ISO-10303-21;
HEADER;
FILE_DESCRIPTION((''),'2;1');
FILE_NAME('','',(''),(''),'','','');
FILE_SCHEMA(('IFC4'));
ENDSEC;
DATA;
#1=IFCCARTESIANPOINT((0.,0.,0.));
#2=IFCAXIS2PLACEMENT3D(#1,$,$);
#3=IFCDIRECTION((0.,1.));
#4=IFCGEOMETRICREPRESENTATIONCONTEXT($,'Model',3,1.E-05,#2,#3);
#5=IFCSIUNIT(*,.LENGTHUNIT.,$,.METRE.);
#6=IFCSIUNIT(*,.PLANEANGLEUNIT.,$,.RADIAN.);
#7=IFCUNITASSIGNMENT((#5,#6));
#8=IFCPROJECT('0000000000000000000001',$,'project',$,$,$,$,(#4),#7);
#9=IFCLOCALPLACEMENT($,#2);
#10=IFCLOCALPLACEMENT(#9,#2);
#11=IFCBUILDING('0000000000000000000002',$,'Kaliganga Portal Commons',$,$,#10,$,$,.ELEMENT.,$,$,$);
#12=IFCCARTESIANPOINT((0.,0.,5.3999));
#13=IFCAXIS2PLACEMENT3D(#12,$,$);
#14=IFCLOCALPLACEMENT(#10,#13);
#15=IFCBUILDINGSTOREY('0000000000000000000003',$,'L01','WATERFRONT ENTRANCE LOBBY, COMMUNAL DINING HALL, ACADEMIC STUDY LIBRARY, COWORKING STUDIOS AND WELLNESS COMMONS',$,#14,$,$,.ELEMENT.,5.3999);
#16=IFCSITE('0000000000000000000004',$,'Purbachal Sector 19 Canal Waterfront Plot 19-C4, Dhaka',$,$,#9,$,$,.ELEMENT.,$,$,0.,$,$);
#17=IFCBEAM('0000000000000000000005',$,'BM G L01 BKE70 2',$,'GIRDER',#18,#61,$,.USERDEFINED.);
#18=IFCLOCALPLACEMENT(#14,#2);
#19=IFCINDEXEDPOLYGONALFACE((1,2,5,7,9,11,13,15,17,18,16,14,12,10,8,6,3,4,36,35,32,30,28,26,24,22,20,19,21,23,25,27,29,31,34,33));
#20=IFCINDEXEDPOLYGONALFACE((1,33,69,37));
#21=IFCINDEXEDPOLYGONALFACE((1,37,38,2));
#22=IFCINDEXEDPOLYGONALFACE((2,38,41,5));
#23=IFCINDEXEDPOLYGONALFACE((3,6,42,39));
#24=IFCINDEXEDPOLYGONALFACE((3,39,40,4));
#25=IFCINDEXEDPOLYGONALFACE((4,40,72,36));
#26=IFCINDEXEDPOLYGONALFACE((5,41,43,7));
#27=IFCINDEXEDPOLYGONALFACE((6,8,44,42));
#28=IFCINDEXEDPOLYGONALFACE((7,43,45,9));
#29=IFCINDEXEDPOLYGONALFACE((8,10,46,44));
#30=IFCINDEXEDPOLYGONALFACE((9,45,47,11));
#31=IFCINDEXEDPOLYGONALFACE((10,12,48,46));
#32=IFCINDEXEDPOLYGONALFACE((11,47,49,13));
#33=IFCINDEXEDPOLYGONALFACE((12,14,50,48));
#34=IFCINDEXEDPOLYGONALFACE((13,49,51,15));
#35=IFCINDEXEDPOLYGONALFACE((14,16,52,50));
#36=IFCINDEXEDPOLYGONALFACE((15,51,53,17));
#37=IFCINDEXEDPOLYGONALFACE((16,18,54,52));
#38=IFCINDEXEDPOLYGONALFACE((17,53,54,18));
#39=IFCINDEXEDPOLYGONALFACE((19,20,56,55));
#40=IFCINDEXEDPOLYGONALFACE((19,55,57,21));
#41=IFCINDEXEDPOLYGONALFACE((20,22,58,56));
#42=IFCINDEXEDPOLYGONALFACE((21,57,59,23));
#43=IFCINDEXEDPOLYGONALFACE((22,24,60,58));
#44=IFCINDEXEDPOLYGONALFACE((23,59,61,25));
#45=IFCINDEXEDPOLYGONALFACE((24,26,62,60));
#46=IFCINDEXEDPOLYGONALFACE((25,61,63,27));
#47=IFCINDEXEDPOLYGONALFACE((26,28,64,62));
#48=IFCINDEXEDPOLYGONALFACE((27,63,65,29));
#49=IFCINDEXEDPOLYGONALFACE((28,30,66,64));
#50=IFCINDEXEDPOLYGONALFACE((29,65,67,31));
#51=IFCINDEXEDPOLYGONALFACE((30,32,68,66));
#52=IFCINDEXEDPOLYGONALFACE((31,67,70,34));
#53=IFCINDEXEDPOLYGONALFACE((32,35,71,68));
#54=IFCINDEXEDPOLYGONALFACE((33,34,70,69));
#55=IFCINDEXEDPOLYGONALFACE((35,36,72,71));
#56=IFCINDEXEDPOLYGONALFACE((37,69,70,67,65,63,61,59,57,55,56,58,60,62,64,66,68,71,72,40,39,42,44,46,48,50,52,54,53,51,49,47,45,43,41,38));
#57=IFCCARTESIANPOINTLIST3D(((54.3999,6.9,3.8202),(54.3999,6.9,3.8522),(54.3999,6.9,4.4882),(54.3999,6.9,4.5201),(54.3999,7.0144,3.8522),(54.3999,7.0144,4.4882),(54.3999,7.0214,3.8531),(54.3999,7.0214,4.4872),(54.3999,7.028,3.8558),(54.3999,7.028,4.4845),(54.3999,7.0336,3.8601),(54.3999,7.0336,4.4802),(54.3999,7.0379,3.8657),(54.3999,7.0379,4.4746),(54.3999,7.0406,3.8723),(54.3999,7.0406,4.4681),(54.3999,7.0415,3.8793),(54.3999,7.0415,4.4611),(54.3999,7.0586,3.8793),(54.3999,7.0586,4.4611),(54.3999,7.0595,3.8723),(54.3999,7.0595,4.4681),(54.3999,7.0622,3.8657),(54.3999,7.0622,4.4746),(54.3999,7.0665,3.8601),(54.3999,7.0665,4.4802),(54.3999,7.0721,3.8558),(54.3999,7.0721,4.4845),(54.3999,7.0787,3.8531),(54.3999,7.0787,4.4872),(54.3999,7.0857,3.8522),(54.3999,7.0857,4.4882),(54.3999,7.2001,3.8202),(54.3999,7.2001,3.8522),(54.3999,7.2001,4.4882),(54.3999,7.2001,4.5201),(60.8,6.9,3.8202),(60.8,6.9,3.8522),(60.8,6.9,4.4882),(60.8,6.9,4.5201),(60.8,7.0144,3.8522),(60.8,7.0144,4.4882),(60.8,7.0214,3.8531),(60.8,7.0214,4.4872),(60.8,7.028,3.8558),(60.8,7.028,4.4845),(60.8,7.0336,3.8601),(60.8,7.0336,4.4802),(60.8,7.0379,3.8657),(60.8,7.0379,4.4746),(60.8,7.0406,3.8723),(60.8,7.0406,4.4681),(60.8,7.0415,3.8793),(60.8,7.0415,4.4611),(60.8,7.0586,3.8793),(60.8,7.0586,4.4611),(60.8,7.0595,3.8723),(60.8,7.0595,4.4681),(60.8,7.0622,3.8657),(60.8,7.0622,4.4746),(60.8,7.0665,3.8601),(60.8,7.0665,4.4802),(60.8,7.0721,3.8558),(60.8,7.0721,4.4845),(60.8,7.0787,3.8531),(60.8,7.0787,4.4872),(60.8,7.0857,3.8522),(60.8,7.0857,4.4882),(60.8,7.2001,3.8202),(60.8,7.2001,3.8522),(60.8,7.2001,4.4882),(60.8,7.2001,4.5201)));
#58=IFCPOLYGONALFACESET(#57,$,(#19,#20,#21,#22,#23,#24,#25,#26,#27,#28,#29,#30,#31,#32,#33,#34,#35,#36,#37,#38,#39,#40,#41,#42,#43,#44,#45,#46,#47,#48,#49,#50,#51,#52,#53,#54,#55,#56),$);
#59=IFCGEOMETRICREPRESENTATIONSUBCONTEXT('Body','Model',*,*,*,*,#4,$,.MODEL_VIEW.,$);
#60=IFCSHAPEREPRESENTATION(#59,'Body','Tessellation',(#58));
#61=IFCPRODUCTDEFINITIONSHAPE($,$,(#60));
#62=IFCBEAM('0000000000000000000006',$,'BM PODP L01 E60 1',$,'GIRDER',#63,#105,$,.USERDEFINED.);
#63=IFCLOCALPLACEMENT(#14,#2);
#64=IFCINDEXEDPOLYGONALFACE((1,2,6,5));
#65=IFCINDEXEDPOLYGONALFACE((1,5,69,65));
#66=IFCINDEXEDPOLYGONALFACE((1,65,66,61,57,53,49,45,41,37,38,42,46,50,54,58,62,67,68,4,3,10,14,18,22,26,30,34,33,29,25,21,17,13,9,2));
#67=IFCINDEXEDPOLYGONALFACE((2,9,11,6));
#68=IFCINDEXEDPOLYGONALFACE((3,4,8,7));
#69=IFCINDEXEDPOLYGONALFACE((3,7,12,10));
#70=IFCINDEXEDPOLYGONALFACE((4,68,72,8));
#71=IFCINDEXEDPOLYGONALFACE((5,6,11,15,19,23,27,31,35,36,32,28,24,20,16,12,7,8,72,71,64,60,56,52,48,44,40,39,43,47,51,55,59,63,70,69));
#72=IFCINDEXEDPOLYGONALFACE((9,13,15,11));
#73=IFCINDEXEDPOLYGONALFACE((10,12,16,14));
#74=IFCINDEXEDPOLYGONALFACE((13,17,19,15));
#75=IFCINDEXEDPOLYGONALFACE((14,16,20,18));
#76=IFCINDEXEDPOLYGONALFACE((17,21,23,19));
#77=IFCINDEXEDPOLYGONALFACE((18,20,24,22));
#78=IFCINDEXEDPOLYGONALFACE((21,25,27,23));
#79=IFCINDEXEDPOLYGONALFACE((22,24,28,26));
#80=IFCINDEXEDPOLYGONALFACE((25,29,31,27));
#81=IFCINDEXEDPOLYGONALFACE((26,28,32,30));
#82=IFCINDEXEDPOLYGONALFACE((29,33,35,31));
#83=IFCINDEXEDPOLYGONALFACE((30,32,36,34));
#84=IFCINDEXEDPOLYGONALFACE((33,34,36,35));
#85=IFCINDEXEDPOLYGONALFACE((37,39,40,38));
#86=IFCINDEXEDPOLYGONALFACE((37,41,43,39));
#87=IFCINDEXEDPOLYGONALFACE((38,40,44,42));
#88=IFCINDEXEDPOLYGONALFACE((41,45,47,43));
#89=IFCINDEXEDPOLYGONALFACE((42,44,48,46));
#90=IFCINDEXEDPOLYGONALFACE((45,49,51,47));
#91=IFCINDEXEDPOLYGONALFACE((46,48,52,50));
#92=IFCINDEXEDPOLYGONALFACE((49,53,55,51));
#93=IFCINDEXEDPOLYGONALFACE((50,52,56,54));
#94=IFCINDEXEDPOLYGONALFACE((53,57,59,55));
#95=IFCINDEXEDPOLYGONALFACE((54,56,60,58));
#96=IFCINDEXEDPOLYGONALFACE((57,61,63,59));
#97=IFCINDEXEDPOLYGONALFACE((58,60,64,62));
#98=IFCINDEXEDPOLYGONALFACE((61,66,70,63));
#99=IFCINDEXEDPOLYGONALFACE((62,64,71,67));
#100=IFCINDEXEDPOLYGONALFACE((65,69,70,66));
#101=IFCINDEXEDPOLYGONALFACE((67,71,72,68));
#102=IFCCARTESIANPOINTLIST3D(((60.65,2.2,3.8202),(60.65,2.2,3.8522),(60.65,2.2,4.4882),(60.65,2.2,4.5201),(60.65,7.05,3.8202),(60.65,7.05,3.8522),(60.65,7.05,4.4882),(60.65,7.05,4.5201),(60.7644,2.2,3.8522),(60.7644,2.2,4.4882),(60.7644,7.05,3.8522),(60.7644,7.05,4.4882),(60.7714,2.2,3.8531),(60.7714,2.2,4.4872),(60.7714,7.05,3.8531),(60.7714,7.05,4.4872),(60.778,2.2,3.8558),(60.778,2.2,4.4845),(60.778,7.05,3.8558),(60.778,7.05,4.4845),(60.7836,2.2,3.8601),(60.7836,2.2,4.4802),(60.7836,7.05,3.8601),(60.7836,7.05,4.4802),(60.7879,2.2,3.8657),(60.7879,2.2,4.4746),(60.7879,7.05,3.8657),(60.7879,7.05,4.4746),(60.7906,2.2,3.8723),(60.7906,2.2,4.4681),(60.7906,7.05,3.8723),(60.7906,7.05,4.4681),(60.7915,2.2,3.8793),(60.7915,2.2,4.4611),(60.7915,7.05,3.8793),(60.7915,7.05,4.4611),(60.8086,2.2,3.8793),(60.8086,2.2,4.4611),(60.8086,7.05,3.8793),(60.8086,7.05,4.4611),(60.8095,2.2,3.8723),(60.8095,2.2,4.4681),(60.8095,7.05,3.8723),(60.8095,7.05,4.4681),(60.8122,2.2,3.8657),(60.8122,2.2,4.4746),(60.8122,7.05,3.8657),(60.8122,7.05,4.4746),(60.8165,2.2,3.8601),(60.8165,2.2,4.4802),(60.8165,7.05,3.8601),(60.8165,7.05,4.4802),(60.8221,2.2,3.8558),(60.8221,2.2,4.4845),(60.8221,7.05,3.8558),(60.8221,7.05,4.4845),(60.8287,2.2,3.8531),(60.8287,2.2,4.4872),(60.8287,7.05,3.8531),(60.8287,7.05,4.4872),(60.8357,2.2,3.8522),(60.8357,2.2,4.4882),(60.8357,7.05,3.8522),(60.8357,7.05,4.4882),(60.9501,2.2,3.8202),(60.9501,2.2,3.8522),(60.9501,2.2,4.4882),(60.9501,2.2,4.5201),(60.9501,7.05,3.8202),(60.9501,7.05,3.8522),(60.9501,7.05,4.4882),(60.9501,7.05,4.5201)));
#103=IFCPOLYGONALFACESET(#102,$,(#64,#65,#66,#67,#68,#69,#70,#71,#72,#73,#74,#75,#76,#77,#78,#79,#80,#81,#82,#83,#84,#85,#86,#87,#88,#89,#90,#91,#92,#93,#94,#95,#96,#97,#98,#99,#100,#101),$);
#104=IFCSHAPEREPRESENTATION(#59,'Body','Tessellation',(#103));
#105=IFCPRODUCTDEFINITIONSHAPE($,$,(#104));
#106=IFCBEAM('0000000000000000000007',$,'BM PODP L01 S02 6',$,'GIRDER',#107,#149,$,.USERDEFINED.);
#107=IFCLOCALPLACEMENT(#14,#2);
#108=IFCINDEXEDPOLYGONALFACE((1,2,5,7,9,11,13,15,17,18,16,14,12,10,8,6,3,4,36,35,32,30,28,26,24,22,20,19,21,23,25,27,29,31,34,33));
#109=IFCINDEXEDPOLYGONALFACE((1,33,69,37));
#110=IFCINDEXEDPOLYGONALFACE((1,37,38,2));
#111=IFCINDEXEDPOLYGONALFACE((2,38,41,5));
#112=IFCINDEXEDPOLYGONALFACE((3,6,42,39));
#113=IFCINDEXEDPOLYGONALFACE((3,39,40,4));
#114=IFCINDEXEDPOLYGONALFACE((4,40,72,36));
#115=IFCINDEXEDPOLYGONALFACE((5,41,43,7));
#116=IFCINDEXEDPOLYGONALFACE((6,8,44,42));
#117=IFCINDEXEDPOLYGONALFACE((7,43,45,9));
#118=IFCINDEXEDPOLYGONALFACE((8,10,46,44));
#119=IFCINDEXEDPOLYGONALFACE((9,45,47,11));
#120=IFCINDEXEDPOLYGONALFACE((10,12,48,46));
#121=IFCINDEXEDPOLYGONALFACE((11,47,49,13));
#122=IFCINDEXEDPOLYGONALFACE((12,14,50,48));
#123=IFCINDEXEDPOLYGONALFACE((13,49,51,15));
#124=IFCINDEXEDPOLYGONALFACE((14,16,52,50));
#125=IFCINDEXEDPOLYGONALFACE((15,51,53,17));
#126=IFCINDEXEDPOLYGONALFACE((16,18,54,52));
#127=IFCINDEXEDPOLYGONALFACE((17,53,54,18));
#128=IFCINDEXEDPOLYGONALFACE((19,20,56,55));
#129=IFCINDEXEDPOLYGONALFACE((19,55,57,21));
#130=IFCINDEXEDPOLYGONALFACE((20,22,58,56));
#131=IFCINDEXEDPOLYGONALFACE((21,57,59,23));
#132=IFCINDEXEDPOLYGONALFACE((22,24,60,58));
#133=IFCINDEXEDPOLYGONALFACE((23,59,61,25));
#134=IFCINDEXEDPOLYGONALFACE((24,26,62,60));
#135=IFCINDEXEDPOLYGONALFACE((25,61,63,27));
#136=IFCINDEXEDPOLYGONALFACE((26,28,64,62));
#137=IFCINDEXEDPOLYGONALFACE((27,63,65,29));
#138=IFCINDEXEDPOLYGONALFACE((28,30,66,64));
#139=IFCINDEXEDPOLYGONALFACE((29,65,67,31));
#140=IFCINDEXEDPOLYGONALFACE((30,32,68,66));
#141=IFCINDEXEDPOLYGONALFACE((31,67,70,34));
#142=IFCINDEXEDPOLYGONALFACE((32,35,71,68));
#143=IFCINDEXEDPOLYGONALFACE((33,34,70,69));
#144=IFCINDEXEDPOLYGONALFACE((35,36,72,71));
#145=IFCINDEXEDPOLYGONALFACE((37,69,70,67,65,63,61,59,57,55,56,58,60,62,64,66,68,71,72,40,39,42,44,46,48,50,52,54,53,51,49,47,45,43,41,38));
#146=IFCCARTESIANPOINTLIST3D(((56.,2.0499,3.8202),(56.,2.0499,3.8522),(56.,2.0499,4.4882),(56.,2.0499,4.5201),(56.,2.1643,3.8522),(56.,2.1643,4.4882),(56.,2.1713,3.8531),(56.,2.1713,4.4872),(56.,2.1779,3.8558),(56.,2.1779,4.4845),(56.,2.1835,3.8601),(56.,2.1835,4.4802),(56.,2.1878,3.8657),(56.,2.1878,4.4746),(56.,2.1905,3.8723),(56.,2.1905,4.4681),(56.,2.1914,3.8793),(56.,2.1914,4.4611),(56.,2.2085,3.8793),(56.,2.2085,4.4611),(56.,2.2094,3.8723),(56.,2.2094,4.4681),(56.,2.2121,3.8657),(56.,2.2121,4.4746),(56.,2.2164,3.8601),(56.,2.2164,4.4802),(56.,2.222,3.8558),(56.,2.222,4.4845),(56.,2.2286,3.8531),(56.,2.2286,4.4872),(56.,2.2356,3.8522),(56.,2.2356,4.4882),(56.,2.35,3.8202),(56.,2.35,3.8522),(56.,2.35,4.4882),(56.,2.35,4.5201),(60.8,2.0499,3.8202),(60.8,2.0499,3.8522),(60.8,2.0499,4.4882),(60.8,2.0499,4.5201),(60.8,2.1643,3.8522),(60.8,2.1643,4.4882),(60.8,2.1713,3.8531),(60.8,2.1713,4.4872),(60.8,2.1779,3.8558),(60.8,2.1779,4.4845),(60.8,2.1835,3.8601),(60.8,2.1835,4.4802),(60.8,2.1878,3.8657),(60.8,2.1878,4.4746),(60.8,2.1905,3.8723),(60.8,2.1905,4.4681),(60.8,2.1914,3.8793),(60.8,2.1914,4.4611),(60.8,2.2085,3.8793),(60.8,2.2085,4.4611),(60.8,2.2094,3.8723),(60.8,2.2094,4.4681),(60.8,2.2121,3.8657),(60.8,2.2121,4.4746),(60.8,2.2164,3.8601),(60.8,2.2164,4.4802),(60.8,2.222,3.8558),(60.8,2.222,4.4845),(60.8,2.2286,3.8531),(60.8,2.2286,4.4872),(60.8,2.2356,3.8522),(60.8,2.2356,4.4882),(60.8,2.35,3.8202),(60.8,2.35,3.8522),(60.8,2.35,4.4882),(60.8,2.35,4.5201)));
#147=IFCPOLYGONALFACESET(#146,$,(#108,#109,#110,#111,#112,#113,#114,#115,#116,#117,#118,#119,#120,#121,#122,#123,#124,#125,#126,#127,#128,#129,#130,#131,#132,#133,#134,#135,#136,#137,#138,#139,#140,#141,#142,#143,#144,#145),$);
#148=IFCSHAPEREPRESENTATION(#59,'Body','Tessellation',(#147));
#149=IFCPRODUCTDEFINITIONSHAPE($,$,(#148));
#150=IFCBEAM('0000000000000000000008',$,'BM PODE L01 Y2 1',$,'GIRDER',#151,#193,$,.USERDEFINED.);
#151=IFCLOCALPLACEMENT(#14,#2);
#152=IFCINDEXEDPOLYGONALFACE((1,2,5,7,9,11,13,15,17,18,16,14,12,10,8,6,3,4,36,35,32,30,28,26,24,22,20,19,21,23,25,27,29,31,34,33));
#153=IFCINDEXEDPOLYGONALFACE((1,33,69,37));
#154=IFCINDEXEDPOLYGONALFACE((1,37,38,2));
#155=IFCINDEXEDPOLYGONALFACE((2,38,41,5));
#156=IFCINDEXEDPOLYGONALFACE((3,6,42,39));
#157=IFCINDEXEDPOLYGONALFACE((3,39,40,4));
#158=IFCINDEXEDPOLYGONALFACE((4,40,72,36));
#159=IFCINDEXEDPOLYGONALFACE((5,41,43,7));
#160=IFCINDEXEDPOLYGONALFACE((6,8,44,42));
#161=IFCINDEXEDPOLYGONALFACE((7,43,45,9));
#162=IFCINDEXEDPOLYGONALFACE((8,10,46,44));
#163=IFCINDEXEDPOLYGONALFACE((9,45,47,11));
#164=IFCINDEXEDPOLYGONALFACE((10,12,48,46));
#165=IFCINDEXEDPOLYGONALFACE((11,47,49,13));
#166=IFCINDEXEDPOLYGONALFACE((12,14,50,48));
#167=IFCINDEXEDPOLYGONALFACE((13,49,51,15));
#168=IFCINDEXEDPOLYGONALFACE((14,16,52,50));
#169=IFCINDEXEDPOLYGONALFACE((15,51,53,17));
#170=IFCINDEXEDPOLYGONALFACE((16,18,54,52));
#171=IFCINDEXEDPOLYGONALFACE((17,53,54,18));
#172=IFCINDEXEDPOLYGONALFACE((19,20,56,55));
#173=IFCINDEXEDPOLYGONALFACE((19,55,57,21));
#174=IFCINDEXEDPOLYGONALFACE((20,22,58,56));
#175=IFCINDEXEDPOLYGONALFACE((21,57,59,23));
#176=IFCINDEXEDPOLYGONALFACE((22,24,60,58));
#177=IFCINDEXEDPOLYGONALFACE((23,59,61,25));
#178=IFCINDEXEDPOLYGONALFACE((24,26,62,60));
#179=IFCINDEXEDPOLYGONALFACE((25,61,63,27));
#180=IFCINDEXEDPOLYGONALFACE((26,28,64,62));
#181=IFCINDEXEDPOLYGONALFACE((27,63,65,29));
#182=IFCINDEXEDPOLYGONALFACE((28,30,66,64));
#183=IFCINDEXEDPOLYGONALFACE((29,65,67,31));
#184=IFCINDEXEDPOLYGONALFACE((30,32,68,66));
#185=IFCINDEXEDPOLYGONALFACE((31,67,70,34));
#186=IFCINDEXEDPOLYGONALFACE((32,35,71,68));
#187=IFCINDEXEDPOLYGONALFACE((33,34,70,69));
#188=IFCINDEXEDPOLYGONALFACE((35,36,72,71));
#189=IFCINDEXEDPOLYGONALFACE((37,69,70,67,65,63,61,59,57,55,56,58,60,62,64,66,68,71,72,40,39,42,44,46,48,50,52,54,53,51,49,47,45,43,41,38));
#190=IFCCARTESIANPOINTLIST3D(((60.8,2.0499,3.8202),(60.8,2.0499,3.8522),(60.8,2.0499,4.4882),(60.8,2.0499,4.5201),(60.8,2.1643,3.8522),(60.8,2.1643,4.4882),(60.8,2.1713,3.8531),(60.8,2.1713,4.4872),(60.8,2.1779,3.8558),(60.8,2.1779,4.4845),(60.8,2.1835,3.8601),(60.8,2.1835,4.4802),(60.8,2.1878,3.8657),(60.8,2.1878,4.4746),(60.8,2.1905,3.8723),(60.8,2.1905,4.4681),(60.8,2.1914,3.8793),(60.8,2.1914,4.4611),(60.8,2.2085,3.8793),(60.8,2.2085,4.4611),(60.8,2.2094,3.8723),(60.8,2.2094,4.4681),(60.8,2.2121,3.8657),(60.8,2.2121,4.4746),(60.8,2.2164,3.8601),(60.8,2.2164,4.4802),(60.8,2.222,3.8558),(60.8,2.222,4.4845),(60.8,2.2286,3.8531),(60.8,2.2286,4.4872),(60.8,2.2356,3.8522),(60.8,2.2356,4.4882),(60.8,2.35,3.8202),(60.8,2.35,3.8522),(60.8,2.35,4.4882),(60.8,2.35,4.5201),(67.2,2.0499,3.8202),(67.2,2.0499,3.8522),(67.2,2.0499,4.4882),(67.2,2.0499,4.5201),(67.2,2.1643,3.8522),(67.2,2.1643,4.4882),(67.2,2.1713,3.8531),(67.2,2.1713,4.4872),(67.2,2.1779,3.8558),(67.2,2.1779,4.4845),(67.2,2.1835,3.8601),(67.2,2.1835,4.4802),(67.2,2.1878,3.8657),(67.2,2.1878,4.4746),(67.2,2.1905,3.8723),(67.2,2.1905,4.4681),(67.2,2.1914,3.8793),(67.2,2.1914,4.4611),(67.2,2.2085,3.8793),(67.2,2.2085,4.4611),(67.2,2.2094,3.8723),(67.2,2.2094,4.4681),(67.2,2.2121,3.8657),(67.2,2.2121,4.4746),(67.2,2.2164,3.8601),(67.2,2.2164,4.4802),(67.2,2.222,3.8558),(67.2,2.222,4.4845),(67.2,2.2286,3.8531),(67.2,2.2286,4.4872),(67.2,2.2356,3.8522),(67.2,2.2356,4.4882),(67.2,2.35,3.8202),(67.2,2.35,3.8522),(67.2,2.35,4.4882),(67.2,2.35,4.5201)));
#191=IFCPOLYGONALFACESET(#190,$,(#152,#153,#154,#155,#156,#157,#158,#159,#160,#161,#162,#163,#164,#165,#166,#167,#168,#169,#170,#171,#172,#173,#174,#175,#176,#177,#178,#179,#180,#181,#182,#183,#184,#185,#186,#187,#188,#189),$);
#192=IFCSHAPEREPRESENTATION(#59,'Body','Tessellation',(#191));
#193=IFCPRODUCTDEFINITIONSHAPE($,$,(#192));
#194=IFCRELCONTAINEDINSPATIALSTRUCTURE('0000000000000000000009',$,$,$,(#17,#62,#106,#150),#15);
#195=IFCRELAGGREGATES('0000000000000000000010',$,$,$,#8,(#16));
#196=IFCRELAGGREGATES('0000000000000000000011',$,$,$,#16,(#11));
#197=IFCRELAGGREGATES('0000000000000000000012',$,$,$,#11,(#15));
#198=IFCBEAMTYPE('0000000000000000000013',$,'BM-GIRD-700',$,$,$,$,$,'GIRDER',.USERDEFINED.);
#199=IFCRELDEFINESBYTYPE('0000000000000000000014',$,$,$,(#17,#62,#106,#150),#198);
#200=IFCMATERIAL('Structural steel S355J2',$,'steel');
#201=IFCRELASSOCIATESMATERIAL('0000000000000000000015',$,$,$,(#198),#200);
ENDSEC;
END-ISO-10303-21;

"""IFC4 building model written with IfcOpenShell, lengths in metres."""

from ifc_helpers import new_model, si_unit, direction, frame, origin, origin_2d, place, context, subcontext, project, spatial, i_section, extrude, source, transform, mapped, material, material_profile, profile_set, type_object, element, save


model = new_model("IFC4")

# Units and contexts
model_context = context("Model", 3, precision=1e-05, world=origin(), true_north=direction((0.0, 1.0)))
body_context = subcontext(model_context, "Body", "Model", "MODEL_VIEW")
ifc_project = project(units=[si_unit("LENGTHUNIT", "METRE"), si_unit("PLANEANGLEUNIT", "RADIAN")], contexts=[model_context])

# Site, building, storey
site_placement = place(None, origin())
site = spatial("IfcSite", under=ifc_project, at=site_placement, Name="Purbachal Sector 19 Canal Waterfront Plot 19-C4, Dhaka", CompositionType="ELEMENT", RefElevation=0.0)
building_placement = place(site_placement, origin())
building = spatial("IfcBuilding", under=site, at=building_placement, Name="Kaliganga Portal Commons", CompositionType="ELEMENT")
storey_placement = place(building_placement, frame((0.0, 0.0, 5.3999)))
storey = spatial("IfcBuildingStorey", under=building, at=storey_placement, Name="L01", Description="WATERFRONT ENTRANCE LOBBY, COMMUNAL DINING HALL, ACADEMIC STUDY LIBRARY, COWORKING STUDIOS AND WELLNESS COMMONS", CompositionType="ELEMENT", Elevation=5.3999)

# Beams
ifc_material_1 = material(Name="Structural steel S355J2", Category="steel")
ifc_material_profile_1 = material_profile(ifc_material_1, i_section(OverallWidth=0.3, OverallDepth=0.7, WebThickness=0.0171, FlangeThickness=0.032, FilletRadius=0.0271, at=origin_2d()), Name="HE 700 B")
ifc_profile_set_1 = profile_set([ifc_material_profile_1], Name="Structural steel S355J2 wide-flange")
beam_type_1 = type_object("IfcBeamType", Name="BM-GIRD-700", ElementType="GIRDER", PredefinedType="USERDEFINED", material=ifc_profile_set_1)
shared_shape_1 = source(origin(), body_context, "Body", "SweptSolid", [
    extrude(i_section(OverallWidth=0.3, OverallDepth=0.7, WebThickness=0.0171, FlangeThickness=0.032, FilletRadius=0.0271, at=origin_2d()), origin(), (0.0, 0.0, 1.0), 6.4001),
])
beam_1_placement = place(storey_placement, frame((54.3999, 7.05, 4.1702), z_axis=(1.0, 0.0, 0.0), x_axis=(0.0, 1.0, 0.0)))
element("IfcBeam", 1, at=beam_1_placement, inside=storey, type_object=beam_type_1, Name="BM G L01 BKE70 2", ObjectType="GIRDER", PredefinedType="USERDEFINED", context=body_context, shape_type="MappedRepresentation", body=[
    mapped(shared_shape_1, transform((0.0, 0.0, 0.0), x_axis=(1.0, 0.0, 0.0), y_axis=(0.0, 1.0, 0.0), z_axis=(0.0, 0.0, 1.0), scale=1.0)),
])
shared_shape_2 = source(origin(), body_context, "Body", "SweptSolid", [
    extrude(i_section(OverallWidth=0.3, OverallDepth=0.7, WebThickness=0.0171, FlangeThickness=0.032, FilletRadius=0.0271, at=origin_2d()), origin(), (0.0, 0.0, 1.0), 4.8501),
])
beam_2_placement = place(storey_placement, frame((60.8, 2.2, 4.1702), z_axis=(0.0, 1.0, 0.0), x_axis=(-1.0, 0.0, 0.0)))
element("IfcBeam", 2, at=beam_2_placement, inside=storey, type_object=beam_type_1, Name="BM PODP L01 E60 1", ObjectType="GIRDER", PredefinedType="USERDEFINED", context=body_context, shape_type="MappedRepresentation", body=[
    mapped(shared_shape_2, transform((0.0, 0.0, 0.0), x_axis=(1.0, 0.0, 0.0), y_axis=(0.0, 1.0, 0.0), z_axis=(0.0, 0.0, 1.0), scale=1.0)),
])
shared_shape_3 = source(origin(), body_context, "Body", "SweptSolid", [
    extrude(i_section(OverallWidth=0.3, OverallDepth=0.7, WebThickness=0.0171, FlangeThickness=0.032, FilletRadius=0.0271, at=origin_2d()), origin(), (0.0, 0.0, 1.0), 4.8),
])
beam_3_placement = place(storey_placement, frame((56.0, 2.2, 4.1702), z_axis=(1.0, 0.0, 0.0), x_axis=(0.0, 1.0, 0.0)))
element("IfcBeam", 3, at=beam_3_placement, inside=storey, type_object=beam_type_1, Name="BM PODP L01 S02 6", ObjectType="GIRDER", PredefinedType="USERDEFINED", context=body_context, shape_type="MappedRepresentation", body=[
    mapped(shared_shape_3, transform((0.0, 0.0, 0.0), x_axis=(1.0, 0.0, 0.0), y_axis=(0.0, 1.0, 0.0), z_axis=(0.0, 0.0, 1.0), scale=1.0)),
])
shared_shape_4 = source(origin(), body_context, "Body", "SweptSolid", [
    extrude(i_section(OverallWidth=0.3, OverallDepth=0.7, WebThickness=0.0171, FlangeThickness=0.032, FilletRadius=0.0271, at=origin_2d()), origin(), (0.0, 0.0, 1.0), 6.3999),
])
beam_4_placement = place(storey_placement, frame((60.8, 2.2, 4.1702), z_axis=(1.0, 0.0, 0.0), x_axis=(0.0, 1.0, 0.0)))
element("IfcBeam", 4, at=beam_4_placement, inside=storey, type_object=beam_type_1, Name="BM PODE L01 Y2 1", ObjectType="GIRDER", PredefinedType="USERDEFINED", context=body_context, shape_type="MappedRepresentation", body=[
    mapped(shared_shape_4, transform((0.0, 0.0, 0.0), x_axis=(1.0, 0.0, 0.0), y_axis=(0.0, 1.0, 0.0), z_axis=(0.0, 0.0, 1.0), scale=1.0)),
])

save(model, "model.ifc")
